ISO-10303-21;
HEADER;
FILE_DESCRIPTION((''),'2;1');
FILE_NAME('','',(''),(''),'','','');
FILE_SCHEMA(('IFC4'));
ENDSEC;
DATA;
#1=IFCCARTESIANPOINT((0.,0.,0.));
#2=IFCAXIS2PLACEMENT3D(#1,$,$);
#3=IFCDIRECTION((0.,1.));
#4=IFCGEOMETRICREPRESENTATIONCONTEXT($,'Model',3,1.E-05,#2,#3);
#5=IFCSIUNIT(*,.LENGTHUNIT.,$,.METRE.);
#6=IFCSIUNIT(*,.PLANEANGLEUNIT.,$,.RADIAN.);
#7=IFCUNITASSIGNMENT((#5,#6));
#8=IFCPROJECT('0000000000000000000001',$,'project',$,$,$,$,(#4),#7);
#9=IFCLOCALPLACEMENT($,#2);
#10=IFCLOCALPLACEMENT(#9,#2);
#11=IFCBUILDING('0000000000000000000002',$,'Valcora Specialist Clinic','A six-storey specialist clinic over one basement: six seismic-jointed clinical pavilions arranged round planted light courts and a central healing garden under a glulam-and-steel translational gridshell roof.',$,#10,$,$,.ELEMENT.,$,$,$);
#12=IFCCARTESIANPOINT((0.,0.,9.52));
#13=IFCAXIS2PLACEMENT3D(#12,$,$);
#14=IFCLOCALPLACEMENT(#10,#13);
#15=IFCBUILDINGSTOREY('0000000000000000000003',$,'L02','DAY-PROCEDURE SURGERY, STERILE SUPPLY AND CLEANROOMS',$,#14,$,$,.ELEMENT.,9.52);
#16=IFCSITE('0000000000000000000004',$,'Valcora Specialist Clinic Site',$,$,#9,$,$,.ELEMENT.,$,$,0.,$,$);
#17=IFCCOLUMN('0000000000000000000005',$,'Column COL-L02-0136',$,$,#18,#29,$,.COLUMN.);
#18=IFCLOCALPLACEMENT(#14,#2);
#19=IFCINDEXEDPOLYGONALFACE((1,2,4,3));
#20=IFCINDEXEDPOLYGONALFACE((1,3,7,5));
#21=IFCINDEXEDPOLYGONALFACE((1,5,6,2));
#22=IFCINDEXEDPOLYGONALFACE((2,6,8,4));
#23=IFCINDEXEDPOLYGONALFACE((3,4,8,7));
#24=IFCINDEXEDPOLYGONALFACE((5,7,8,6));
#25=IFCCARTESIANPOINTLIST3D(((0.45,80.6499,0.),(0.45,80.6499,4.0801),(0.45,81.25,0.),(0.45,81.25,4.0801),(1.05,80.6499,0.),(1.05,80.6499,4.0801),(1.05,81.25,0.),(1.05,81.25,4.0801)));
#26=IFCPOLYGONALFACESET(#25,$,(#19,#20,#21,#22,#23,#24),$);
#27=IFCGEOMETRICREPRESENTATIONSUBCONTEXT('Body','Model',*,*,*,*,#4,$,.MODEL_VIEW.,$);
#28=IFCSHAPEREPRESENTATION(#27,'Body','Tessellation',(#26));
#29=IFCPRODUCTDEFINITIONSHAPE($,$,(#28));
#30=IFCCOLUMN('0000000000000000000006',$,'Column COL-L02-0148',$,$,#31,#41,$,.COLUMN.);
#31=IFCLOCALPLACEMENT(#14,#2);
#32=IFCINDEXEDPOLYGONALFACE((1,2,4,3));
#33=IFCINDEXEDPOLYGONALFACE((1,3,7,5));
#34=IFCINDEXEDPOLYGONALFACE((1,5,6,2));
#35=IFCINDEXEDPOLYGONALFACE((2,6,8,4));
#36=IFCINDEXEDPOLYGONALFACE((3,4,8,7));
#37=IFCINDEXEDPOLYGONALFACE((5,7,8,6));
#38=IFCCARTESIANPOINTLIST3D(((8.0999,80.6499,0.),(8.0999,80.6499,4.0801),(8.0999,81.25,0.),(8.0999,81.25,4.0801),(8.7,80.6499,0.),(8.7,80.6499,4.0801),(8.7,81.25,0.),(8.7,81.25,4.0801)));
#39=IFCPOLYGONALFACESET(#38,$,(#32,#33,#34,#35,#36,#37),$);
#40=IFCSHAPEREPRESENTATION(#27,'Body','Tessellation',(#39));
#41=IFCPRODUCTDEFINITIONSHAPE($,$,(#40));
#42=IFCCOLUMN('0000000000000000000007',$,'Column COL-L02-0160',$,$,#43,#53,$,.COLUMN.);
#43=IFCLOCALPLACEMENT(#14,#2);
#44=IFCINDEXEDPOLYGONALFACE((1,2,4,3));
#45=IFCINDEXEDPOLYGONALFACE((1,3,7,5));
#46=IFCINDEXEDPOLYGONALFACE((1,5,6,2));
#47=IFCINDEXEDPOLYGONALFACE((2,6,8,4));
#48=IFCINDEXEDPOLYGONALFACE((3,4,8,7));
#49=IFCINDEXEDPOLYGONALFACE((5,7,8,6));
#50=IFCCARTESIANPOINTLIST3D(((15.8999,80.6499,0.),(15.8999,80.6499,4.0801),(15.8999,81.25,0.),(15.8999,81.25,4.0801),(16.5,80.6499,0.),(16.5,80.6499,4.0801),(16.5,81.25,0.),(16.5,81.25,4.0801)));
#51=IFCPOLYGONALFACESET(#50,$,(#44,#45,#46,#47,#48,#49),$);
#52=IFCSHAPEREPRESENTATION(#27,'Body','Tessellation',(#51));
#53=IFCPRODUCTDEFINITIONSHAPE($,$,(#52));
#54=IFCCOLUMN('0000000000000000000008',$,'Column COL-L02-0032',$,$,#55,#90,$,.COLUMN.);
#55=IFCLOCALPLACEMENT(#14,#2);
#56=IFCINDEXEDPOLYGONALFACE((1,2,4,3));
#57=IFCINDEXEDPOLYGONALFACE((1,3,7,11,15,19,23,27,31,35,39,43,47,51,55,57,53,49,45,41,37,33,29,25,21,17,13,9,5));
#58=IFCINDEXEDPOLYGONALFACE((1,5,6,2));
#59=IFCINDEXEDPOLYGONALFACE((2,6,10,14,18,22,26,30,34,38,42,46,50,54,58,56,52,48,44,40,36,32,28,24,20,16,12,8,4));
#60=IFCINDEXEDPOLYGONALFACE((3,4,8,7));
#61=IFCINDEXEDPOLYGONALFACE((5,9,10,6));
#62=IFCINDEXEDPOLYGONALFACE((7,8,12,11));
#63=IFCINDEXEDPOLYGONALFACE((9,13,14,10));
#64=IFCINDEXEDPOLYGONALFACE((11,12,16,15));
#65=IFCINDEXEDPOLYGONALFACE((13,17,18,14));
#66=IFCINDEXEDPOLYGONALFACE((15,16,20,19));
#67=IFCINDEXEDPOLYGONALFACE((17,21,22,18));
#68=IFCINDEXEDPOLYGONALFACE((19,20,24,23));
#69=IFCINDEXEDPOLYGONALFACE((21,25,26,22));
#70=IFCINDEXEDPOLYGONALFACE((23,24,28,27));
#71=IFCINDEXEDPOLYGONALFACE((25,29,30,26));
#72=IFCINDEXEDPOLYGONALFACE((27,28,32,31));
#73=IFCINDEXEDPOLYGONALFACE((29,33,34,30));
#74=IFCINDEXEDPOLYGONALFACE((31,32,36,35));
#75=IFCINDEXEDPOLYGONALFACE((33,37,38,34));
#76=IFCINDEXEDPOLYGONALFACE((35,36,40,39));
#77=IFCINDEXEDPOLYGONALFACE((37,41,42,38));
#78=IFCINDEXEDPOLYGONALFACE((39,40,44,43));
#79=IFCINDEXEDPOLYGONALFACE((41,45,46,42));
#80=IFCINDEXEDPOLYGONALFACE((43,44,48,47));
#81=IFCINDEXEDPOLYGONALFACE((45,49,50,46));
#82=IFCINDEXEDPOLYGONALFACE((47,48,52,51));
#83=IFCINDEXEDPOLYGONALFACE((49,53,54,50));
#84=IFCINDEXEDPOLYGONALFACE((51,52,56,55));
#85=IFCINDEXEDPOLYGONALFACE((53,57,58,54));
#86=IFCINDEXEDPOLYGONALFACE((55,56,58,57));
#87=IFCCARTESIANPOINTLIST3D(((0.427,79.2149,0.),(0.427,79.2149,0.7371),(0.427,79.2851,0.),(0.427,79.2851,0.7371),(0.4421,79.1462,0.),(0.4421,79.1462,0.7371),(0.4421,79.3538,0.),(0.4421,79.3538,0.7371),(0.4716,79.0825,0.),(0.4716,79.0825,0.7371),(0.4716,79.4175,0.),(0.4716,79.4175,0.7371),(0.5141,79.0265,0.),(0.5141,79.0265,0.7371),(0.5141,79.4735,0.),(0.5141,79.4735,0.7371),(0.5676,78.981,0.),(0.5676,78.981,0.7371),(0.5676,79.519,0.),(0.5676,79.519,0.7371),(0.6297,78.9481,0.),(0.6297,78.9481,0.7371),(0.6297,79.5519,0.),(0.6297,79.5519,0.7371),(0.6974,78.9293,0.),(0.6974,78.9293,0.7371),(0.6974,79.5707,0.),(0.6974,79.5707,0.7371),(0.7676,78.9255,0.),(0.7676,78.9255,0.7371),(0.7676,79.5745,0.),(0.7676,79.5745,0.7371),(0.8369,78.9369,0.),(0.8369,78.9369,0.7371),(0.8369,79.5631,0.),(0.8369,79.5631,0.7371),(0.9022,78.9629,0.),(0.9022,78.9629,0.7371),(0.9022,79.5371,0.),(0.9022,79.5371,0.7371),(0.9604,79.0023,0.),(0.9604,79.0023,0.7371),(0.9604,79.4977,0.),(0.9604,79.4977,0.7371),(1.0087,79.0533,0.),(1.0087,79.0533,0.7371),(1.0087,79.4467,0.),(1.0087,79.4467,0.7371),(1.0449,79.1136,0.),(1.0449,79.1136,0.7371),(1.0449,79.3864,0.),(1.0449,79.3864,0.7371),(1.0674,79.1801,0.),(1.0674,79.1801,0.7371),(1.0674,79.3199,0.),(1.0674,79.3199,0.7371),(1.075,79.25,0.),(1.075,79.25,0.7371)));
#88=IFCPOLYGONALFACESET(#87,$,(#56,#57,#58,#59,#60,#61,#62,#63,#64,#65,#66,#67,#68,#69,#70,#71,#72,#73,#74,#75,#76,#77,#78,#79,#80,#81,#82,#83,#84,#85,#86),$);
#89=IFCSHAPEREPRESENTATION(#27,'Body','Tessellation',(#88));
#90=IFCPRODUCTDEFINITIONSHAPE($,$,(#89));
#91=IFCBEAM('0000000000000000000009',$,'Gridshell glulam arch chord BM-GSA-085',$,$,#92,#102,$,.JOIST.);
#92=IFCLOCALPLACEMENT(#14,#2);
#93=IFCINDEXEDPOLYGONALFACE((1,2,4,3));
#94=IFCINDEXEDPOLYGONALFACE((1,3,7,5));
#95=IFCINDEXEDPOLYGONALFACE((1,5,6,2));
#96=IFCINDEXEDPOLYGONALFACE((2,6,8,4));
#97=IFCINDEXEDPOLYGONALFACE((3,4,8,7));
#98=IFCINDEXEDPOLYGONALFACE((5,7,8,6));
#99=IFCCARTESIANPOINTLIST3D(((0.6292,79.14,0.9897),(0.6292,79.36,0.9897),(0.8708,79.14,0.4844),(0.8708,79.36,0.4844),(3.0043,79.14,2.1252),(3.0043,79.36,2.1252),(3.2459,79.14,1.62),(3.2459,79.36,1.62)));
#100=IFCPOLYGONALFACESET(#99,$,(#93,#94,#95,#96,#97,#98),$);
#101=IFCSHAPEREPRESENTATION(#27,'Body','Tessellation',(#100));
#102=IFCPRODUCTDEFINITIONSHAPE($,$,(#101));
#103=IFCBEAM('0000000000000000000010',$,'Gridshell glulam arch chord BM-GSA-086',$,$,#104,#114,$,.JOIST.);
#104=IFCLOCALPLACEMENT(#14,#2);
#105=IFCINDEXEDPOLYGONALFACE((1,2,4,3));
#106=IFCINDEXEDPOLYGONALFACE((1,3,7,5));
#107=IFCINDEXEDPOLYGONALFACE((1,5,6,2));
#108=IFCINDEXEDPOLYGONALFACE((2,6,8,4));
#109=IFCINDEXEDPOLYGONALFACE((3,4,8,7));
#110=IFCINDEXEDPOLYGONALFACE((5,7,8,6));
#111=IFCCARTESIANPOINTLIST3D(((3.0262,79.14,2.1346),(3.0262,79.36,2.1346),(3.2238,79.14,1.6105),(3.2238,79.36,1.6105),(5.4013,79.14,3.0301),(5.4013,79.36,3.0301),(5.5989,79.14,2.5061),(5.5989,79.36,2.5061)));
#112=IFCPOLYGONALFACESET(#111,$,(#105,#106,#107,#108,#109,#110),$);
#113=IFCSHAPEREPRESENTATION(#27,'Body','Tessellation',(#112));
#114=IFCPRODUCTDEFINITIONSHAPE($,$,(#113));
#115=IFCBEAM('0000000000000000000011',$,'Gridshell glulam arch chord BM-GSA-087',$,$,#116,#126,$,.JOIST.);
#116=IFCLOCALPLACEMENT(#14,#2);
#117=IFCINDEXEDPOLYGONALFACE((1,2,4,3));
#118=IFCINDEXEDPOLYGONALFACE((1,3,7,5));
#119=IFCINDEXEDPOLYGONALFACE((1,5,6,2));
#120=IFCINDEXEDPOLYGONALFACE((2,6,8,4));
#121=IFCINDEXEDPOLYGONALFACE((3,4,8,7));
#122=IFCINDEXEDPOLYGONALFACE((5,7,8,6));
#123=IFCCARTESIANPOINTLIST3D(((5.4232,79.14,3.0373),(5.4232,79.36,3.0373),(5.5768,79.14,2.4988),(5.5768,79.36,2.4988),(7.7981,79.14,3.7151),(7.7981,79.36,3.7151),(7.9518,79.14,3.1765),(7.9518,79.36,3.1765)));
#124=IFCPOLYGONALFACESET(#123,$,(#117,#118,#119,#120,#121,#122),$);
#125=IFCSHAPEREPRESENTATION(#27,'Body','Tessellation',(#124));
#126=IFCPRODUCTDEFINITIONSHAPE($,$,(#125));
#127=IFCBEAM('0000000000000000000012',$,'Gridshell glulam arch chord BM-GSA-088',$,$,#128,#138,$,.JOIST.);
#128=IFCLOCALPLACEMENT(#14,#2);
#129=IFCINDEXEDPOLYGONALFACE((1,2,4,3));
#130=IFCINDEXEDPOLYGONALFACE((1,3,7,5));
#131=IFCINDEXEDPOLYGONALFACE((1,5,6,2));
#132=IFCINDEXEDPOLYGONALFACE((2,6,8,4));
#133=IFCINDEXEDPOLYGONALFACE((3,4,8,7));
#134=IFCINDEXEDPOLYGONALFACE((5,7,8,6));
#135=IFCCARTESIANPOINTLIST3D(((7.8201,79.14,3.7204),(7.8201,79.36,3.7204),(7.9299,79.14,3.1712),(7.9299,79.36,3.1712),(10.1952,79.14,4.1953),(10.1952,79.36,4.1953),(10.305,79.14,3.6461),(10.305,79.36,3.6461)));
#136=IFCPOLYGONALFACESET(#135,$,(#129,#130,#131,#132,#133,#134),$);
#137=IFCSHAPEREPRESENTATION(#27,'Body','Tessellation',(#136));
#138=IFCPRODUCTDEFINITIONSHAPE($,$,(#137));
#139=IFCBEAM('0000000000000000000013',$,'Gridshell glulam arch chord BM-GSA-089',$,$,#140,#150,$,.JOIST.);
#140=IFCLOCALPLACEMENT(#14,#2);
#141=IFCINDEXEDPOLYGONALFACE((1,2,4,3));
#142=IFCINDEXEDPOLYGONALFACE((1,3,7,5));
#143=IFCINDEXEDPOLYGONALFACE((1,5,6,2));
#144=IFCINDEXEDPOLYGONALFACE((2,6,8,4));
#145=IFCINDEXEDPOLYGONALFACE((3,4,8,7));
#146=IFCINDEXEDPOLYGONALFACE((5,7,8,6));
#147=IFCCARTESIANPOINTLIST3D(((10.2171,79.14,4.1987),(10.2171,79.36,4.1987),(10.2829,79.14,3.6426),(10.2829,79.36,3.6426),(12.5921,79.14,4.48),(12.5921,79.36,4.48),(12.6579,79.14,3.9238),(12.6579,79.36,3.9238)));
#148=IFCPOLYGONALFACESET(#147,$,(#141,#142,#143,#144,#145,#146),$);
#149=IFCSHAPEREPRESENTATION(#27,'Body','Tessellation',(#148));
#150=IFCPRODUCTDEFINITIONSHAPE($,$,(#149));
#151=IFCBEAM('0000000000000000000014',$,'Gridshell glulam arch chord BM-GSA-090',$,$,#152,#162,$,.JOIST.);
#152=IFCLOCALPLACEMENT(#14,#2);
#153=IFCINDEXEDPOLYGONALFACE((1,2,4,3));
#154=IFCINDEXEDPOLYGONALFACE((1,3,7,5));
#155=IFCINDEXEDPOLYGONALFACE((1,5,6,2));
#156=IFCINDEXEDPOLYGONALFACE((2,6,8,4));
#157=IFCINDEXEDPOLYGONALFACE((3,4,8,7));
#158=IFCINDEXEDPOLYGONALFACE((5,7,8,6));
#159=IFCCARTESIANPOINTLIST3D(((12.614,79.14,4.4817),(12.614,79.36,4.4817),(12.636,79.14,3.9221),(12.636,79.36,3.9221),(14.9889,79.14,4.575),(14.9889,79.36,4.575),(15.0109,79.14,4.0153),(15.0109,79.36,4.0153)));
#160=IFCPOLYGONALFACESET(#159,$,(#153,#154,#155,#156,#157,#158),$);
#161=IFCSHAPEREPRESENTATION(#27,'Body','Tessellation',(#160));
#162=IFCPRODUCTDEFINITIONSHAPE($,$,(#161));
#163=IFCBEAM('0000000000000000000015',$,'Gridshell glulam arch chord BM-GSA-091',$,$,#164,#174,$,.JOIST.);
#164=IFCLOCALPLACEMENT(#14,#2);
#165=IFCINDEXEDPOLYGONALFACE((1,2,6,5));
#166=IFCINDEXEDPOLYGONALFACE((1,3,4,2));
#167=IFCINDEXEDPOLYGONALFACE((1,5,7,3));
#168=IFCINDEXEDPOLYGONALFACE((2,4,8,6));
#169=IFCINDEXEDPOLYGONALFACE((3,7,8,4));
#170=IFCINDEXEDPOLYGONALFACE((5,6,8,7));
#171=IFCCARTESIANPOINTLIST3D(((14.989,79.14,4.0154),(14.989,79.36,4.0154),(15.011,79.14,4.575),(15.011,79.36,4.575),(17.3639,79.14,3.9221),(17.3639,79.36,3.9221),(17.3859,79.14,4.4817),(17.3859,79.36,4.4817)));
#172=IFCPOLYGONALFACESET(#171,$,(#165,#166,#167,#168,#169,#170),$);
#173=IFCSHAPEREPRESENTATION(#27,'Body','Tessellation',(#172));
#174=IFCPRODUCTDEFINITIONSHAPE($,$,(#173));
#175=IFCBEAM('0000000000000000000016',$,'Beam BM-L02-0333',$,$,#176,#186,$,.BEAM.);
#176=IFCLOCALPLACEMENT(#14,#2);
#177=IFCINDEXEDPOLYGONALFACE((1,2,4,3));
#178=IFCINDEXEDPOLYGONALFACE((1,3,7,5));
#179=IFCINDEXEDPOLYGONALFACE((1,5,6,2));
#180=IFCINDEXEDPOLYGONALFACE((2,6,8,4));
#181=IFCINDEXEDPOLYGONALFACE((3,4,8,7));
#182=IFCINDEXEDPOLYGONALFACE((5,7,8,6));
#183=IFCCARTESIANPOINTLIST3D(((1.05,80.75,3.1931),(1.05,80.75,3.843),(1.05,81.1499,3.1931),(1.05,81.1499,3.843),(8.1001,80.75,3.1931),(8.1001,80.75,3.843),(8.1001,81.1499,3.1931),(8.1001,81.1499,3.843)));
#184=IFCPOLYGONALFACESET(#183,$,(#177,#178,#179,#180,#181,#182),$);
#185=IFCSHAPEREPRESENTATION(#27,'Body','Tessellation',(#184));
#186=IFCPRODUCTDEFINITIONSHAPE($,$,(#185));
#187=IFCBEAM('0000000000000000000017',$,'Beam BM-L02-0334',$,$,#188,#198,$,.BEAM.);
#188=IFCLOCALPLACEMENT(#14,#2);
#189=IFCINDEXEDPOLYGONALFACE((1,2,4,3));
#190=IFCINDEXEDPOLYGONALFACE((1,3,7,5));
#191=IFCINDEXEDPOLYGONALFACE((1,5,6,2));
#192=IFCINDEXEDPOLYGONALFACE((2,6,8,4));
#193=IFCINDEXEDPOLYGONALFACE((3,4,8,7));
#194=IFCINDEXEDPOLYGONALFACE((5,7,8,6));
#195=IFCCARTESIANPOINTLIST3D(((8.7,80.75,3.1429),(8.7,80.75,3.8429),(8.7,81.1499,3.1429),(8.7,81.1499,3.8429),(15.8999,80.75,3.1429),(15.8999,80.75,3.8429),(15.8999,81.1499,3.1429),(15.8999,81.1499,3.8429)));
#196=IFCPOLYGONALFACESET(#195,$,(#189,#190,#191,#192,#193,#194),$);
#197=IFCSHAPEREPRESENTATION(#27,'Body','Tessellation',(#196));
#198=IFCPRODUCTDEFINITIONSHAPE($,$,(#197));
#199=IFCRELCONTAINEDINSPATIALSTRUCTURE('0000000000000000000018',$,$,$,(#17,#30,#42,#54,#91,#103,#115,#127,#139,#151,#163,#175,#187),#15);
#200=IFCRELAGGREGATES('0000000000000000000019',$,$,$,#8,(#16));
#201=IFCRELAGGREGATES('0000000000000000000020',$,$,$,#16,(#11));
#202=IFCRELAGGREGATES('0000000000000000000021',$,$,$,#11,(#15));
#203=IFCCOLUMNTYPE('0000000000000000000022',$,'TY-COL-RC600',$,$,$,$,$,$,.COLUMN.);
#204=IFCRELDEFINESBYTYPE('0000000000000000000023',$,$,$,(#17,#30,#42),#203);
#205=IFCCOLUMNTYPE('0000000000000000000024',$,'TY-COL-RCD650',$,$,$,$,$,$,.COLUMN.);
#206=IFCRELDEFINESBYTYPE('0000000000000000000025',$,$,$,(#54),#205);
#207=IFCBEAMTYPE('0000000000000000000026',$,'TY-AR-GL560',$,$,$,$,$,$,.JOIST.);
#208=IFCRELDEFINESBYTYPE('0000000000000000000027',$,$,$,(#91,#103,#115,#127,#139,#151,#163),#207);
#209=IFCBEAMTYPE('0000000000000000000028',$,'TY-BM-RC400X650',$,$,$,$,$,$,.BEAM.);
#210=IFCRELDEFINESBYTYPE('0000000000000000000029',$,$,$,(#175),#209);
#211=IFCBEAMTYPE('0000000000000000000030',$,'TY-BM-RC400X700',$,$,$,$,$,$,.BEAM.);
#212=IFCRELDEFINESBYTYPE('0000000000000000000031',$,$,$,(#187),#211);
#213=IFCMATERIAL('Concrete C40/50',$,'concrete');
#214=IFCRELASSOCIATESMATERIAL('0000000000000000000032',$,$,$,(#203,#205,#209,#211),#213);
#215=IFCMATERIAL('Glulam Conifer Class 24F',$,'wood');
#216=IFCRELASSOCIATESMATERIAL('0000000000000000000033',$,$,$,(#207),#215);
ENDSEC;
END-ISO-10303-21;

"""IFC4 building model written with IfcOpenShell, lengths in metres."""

from ifc_helpers import new_model, si_unit, direction, frame, origin, origin_2d, place, context, subcontext, project, spatial, rectangle, circle, extrude, material, material_profile, profile_set, type_object, element, save


model = new_model("IFC4")

# Units and contexts
model_context = context("Model", 3, precision=1e-05, world=origin(), true_north=direction((0.0, 1.0)))
body_context = subcontext(model_context, "Body", "Model", "MODEL_VIEW")
ifc_project = project(units=[si_unit("LENGTHUNIT", "METRE"), si_unit("PLANEANGLEUNIT", "RADIAN")], contexts=[model_context])

# Site, building, storey
site_placement = place(None, origin())
site = spatial("IfcSite", under=ifc_project, at=site_placement, Name="Valcora Specialist Clinic Site", CompositionType="ELEMENT", RefElevation=0.0)
building_placement = place(site_placement, origin())
building = spatial("IfcBuilding", under=site, at=building_placement, Name="Valcora Specialist Clinic", Description="A six-storey specialist clinic over one basement: six seismic-jointed clinical pavilions arranged round planted light courts and a central healing garden under a glulam-and-steel translational gridshell roof.", CompositionType="ELEMENT")
storey_placement = place(building_placement, frame((0.0, 0.0, 9.52)))
storey = spatial("IfcBuildingStorey", under=building, at=storey_placement, Name="L02", Description="DAY-PROCEDURE SURGERY, STERILE SUPPLY AND CLEANROOMS", CompositionType="ELEMENT", Elevation=9.52)

# Columns
ifc_material_1 = material(Name="Concrete C40/50", Category="concrete")
ifc_material_profile_1 = material_profile(ifc_material_1, rectangle(XDim=0.6001, YDim=0.6001, at=origin_2d()), Name="RC-COL-600X600")
ifc_profile_set_1 = profile_set([ifc_material_profile_1], Name="Concrete C40/50")
column_type_1 = type_object("IfcColumnType", Name="TY-COL-RC600", PredefinedType="COLUMN", material=ifc_profile_set_1)
for number, where, z_axis, x_axis, name in (
    (1, (0.75, 80.95, 0.0), (0.0, 0.0, 1.0), (1.0, 0.0, 0.0), "Column COL-L02-0136"),
    (2, (8.3999, 80.95, 0.0), (0.0, 0.0, 1.0), (1.0, 0.0, 0.0), "Column COL-L02-0148"),
    (3, (16.2, 80.95, 0.0), (0.0, 0.0, 1.0), (1.0, 0.0, 0.0), "Column COL-L02-0160"),
):
    element("IfcColumn", number, at=place(storey_placement, frame(where, z_axis=z_axis, x_axis=x_axis)), inside=storey, type_object=column_type_1, Name=name, PredefinedType="COLUMN", context=body_context, shape_type="SweptSolid", body=[
        extrude(rectangle(XDim=0.6001, YDim=0.6001, at=origin_2d()), origin(), (0.0, 0.0, 1.0), 4.0801),
    ])
ifc_material_profile_2 = material_profile(ifc_material_1, circle(Radius=0.325, at=origin_2d()), Name="RC-COL-D650")
ifc_profile_set_2 = profile_set([ifc_material_profile_2], Name="Concrete C40/50")
column_type_2 = type_object("IfcColumnType", Name="TY-COL-RCD650", PredefinedType="COLUMN", material=ifc_profile_set_2)
column_placement = place(storey_placement, frame((0.75, 79.25, 0.0), z_axis=(0.0, 0.0, 1.0), x_axis=(1.0, 0.0, 0.0)))
element("IfcColumn", 4, at=column_placement, inside=storey, type_object=column_type_2, Name="Column COL-L02-0032", PredefinedType="COLUMN", context=body_context, shape_type="SweptSolid", body=[
    extrude(circle(Radius=0.325, at=origin_2d()), origin(), (0.0, 0.0, 1.0), 0.7371),
])

# Beams
ifc_material_2 = material(Name="Glulam Conifer Class 24F", Category="wood")
ifc_material_profile_3 = material_profile(ifc_material_2, rectangle(XDim=0.22, YDim=0.5601, at=origin_2d()), Name="GL-ARC-220X560")
ifc_profile_set_3 = profile_set([ifc_material_profile_3], Name="Glulam Conifer Class 24F")
beam_type_1 = type_object("IfcBeamType", Name="TY-AR-GL560", PredefinedType="JOIST", material=ifc_profile_set_3)
beam_1_placement = place(storey_placement, frame((0.75, 79.25, 0.7371), z_axis=(0.902189, 0.0, 0.431341), x_axis=(0.0, 1.0, 0.0)))
element("IfcBeam", 5, at=beam_1_placement, inside=storey, type_object=beam_type_1, Name="Gridshell glulam arch chord BM-GSA-085", PredefinedType="JOIST", context=body_context, shape_type="SweptSolid", body=[
    extrude(rectangle(XDim=0.22, YDim=0.5601, at=origin_2d()), origin(), (0.0, 0.0, 1.0), 2.6326),
])
beam_2_placement = place(storey_placement, frame((3.125, 79.25, 1.8726), z_axis=(0.935695, 0.0, 0.352809), x_axis=(0.0, 1.0, 0.0)))
element("IfcBeam", 6, at=beam_2_placement, inside=storey, type_object=beam_type_1, Name="Gridshell glulam arch chord BM-GSA-086", PredefinedType="JOIST", context=body_context, shape_type="SweptSolid", body=[
    extrude(rectangle(XDim=0.22, YDim=0.5601, at=origin_2d()), origin(), (0.0, 0.0, 1.0), 2.5383),
])
beam_3_placement = place(storey_placement, frame((5.5, 79.25, 2.7681), z_axis=(0.961613, 0.0, 0.274408), x_axis=(0.0, 1.0, 0.0)))
element("IfcBeam", 7, at=beam_3_placement, inside=storey, type_object=beam_type_1, Name="Gridshell glulam arch chord BM-GSA-087", PredefinedType="JOIST", context=body_context, shape_type="SweptSolid", body=[
    extrude(rectangle(XDim=0.22, YDim=0.5601, at=origin_2d()), origin(), (0.0, 0.0, 1.0), 2.4697),
])
beam_4_placement = place(storey_placement, frame((7.875, 79.25, 3.4458), z_axis=(0.980592, 0.0, 0.196058), x_axis=(0.0, 1.0, 0.0)))
element("IfcBeam", 8, at=beam_4_placement, inside=storey, type_object=beam_type_1, Name="Gridshell glulam arch chord BM-GSA-088", PredefinedType="JOIST", context=body_context, shape_type="SweptSolid", body=[
    extrude(rectangle(XDim=0.22, YDim=0.5601, at=origin_2d()), origin(), (0.0, 0.0, 1.0), 2.4221),
])
beam_5_placement = place(storey_placement, frame((10.25, 79.25, 3.9207), z_axis=(0.993061, 0.0, 0.117599), x_axis=(0.0, 1.0, 0.0)))
element("IfcBeam", 9, at=beam_5_placement, inside=storey, type_object=beam_type_1, Name="Gridshell glulam arch chord BM-GSA-089", PredefinedType="JOIST", context=body_context, shape_type="SweptSolid", body=[
    extrude(rectangle(XDim=0.22, YDim=0.5601, at=origin_2d()), origin(), (0.0, 0.0, 1.0), 2.3916),
])
for number, where, z_axis, x_axis, name in (
    (10, (12.625, 79.25, 4.2019), (0.99923, 0.0, 0.039238), (0.0, 1.0, 0.0), "Gridshell glulam arch chord BM-GSA-090"),
    (11, (15.0, 79.25, 4.2952), (0.99923, 0.0, -0.039238), (0.0, 1.0, 0.0), "Gridshell glulam arch chord BM-GSA-091"),
):
    element("IfcBeam", number, at=place(storey_placement, frame(where, z_axis=z_axis, x_axis=x_axis)), inside=storey, type_object=beam_type_1, Name=name, PredefinedType="JOIST", context=body_context, shape_type="SweptSolid", body=[
        extrude(rectangle(XDim=0.22, YDim=0.5601, at=origin_2d()), origin(), (0.0, 0.0, 1.0), 2.3767),
    ])
ifc_material_profile_4 = material_profile(ifc_material_1, rectangle(XDim=0.3999, YDim=0.6499, at=origin_2d()), Name="RC-BM-400X650")
ifc_profile_set_4 = profile_set([ifc_material_profile_4], Name="Concrete C40/50")
beam_type_2 = type_object("IfcBeamType", Name="TY-BM-RC400X650", PredefinedType="BEAM", material=ifc_profile_set_4)
beam_6_placement = place(storey_placement, frame((1.05, 80.95, 3.5181), z_axis=(1.0, 0.0, 0.0), x_axis=(0.0, 1.0, 0.0)))
element("IfcBeam", 12, at=beam_6_placement, inside=storey, type_object=beam_type_2, Name="Beam BM-L02-0333", PredefinedType="BEAM", context=body_context, shape_type="SweptSolid", body=[
    extrude(rectangle(XDim=0.3999, YDim=0.6499, at=origin_2d()), origin(), (0.0, 0.0, 1.0), 7.05),
])
ifc_material_profile_5 = material_profile(ifc_material_1, rectangle(XDim=0.3999, YDim=0.7, at=origin_2d()), Name="RC-BM-400X700")
ifc_profile_set_5 = profile_set([ifc_material_profile_5], Name="Concrete C40/50")
beam_type_3 = type_object("IfcBeamType", Name="TY-BM-RC400X700", PredefinedType="BEAM", material=ifc_profile_set_5)
beam_7_placement = place(storey_placement, frame((8.7, 80.95, 3.4929), z_axis=(1.0, 0.0, 0.0), x_axis=(0.0, 1.0, 0.0)))
element("IfcBeam", 13, at=beam_7_placement, inside=storey, type_object=beam_type_3, Name="Beam BM-L02-0334", PredefinedType="BEAM", context=body_context, shape_type="SweptSolid", body=[
    extrude(rectangle(XDim=0.3999, YDim=0.7, at=origin_2d()), origin(), (0.0, 0.0, 1.0), 7.2),
])

save(model, "model.ifc")
